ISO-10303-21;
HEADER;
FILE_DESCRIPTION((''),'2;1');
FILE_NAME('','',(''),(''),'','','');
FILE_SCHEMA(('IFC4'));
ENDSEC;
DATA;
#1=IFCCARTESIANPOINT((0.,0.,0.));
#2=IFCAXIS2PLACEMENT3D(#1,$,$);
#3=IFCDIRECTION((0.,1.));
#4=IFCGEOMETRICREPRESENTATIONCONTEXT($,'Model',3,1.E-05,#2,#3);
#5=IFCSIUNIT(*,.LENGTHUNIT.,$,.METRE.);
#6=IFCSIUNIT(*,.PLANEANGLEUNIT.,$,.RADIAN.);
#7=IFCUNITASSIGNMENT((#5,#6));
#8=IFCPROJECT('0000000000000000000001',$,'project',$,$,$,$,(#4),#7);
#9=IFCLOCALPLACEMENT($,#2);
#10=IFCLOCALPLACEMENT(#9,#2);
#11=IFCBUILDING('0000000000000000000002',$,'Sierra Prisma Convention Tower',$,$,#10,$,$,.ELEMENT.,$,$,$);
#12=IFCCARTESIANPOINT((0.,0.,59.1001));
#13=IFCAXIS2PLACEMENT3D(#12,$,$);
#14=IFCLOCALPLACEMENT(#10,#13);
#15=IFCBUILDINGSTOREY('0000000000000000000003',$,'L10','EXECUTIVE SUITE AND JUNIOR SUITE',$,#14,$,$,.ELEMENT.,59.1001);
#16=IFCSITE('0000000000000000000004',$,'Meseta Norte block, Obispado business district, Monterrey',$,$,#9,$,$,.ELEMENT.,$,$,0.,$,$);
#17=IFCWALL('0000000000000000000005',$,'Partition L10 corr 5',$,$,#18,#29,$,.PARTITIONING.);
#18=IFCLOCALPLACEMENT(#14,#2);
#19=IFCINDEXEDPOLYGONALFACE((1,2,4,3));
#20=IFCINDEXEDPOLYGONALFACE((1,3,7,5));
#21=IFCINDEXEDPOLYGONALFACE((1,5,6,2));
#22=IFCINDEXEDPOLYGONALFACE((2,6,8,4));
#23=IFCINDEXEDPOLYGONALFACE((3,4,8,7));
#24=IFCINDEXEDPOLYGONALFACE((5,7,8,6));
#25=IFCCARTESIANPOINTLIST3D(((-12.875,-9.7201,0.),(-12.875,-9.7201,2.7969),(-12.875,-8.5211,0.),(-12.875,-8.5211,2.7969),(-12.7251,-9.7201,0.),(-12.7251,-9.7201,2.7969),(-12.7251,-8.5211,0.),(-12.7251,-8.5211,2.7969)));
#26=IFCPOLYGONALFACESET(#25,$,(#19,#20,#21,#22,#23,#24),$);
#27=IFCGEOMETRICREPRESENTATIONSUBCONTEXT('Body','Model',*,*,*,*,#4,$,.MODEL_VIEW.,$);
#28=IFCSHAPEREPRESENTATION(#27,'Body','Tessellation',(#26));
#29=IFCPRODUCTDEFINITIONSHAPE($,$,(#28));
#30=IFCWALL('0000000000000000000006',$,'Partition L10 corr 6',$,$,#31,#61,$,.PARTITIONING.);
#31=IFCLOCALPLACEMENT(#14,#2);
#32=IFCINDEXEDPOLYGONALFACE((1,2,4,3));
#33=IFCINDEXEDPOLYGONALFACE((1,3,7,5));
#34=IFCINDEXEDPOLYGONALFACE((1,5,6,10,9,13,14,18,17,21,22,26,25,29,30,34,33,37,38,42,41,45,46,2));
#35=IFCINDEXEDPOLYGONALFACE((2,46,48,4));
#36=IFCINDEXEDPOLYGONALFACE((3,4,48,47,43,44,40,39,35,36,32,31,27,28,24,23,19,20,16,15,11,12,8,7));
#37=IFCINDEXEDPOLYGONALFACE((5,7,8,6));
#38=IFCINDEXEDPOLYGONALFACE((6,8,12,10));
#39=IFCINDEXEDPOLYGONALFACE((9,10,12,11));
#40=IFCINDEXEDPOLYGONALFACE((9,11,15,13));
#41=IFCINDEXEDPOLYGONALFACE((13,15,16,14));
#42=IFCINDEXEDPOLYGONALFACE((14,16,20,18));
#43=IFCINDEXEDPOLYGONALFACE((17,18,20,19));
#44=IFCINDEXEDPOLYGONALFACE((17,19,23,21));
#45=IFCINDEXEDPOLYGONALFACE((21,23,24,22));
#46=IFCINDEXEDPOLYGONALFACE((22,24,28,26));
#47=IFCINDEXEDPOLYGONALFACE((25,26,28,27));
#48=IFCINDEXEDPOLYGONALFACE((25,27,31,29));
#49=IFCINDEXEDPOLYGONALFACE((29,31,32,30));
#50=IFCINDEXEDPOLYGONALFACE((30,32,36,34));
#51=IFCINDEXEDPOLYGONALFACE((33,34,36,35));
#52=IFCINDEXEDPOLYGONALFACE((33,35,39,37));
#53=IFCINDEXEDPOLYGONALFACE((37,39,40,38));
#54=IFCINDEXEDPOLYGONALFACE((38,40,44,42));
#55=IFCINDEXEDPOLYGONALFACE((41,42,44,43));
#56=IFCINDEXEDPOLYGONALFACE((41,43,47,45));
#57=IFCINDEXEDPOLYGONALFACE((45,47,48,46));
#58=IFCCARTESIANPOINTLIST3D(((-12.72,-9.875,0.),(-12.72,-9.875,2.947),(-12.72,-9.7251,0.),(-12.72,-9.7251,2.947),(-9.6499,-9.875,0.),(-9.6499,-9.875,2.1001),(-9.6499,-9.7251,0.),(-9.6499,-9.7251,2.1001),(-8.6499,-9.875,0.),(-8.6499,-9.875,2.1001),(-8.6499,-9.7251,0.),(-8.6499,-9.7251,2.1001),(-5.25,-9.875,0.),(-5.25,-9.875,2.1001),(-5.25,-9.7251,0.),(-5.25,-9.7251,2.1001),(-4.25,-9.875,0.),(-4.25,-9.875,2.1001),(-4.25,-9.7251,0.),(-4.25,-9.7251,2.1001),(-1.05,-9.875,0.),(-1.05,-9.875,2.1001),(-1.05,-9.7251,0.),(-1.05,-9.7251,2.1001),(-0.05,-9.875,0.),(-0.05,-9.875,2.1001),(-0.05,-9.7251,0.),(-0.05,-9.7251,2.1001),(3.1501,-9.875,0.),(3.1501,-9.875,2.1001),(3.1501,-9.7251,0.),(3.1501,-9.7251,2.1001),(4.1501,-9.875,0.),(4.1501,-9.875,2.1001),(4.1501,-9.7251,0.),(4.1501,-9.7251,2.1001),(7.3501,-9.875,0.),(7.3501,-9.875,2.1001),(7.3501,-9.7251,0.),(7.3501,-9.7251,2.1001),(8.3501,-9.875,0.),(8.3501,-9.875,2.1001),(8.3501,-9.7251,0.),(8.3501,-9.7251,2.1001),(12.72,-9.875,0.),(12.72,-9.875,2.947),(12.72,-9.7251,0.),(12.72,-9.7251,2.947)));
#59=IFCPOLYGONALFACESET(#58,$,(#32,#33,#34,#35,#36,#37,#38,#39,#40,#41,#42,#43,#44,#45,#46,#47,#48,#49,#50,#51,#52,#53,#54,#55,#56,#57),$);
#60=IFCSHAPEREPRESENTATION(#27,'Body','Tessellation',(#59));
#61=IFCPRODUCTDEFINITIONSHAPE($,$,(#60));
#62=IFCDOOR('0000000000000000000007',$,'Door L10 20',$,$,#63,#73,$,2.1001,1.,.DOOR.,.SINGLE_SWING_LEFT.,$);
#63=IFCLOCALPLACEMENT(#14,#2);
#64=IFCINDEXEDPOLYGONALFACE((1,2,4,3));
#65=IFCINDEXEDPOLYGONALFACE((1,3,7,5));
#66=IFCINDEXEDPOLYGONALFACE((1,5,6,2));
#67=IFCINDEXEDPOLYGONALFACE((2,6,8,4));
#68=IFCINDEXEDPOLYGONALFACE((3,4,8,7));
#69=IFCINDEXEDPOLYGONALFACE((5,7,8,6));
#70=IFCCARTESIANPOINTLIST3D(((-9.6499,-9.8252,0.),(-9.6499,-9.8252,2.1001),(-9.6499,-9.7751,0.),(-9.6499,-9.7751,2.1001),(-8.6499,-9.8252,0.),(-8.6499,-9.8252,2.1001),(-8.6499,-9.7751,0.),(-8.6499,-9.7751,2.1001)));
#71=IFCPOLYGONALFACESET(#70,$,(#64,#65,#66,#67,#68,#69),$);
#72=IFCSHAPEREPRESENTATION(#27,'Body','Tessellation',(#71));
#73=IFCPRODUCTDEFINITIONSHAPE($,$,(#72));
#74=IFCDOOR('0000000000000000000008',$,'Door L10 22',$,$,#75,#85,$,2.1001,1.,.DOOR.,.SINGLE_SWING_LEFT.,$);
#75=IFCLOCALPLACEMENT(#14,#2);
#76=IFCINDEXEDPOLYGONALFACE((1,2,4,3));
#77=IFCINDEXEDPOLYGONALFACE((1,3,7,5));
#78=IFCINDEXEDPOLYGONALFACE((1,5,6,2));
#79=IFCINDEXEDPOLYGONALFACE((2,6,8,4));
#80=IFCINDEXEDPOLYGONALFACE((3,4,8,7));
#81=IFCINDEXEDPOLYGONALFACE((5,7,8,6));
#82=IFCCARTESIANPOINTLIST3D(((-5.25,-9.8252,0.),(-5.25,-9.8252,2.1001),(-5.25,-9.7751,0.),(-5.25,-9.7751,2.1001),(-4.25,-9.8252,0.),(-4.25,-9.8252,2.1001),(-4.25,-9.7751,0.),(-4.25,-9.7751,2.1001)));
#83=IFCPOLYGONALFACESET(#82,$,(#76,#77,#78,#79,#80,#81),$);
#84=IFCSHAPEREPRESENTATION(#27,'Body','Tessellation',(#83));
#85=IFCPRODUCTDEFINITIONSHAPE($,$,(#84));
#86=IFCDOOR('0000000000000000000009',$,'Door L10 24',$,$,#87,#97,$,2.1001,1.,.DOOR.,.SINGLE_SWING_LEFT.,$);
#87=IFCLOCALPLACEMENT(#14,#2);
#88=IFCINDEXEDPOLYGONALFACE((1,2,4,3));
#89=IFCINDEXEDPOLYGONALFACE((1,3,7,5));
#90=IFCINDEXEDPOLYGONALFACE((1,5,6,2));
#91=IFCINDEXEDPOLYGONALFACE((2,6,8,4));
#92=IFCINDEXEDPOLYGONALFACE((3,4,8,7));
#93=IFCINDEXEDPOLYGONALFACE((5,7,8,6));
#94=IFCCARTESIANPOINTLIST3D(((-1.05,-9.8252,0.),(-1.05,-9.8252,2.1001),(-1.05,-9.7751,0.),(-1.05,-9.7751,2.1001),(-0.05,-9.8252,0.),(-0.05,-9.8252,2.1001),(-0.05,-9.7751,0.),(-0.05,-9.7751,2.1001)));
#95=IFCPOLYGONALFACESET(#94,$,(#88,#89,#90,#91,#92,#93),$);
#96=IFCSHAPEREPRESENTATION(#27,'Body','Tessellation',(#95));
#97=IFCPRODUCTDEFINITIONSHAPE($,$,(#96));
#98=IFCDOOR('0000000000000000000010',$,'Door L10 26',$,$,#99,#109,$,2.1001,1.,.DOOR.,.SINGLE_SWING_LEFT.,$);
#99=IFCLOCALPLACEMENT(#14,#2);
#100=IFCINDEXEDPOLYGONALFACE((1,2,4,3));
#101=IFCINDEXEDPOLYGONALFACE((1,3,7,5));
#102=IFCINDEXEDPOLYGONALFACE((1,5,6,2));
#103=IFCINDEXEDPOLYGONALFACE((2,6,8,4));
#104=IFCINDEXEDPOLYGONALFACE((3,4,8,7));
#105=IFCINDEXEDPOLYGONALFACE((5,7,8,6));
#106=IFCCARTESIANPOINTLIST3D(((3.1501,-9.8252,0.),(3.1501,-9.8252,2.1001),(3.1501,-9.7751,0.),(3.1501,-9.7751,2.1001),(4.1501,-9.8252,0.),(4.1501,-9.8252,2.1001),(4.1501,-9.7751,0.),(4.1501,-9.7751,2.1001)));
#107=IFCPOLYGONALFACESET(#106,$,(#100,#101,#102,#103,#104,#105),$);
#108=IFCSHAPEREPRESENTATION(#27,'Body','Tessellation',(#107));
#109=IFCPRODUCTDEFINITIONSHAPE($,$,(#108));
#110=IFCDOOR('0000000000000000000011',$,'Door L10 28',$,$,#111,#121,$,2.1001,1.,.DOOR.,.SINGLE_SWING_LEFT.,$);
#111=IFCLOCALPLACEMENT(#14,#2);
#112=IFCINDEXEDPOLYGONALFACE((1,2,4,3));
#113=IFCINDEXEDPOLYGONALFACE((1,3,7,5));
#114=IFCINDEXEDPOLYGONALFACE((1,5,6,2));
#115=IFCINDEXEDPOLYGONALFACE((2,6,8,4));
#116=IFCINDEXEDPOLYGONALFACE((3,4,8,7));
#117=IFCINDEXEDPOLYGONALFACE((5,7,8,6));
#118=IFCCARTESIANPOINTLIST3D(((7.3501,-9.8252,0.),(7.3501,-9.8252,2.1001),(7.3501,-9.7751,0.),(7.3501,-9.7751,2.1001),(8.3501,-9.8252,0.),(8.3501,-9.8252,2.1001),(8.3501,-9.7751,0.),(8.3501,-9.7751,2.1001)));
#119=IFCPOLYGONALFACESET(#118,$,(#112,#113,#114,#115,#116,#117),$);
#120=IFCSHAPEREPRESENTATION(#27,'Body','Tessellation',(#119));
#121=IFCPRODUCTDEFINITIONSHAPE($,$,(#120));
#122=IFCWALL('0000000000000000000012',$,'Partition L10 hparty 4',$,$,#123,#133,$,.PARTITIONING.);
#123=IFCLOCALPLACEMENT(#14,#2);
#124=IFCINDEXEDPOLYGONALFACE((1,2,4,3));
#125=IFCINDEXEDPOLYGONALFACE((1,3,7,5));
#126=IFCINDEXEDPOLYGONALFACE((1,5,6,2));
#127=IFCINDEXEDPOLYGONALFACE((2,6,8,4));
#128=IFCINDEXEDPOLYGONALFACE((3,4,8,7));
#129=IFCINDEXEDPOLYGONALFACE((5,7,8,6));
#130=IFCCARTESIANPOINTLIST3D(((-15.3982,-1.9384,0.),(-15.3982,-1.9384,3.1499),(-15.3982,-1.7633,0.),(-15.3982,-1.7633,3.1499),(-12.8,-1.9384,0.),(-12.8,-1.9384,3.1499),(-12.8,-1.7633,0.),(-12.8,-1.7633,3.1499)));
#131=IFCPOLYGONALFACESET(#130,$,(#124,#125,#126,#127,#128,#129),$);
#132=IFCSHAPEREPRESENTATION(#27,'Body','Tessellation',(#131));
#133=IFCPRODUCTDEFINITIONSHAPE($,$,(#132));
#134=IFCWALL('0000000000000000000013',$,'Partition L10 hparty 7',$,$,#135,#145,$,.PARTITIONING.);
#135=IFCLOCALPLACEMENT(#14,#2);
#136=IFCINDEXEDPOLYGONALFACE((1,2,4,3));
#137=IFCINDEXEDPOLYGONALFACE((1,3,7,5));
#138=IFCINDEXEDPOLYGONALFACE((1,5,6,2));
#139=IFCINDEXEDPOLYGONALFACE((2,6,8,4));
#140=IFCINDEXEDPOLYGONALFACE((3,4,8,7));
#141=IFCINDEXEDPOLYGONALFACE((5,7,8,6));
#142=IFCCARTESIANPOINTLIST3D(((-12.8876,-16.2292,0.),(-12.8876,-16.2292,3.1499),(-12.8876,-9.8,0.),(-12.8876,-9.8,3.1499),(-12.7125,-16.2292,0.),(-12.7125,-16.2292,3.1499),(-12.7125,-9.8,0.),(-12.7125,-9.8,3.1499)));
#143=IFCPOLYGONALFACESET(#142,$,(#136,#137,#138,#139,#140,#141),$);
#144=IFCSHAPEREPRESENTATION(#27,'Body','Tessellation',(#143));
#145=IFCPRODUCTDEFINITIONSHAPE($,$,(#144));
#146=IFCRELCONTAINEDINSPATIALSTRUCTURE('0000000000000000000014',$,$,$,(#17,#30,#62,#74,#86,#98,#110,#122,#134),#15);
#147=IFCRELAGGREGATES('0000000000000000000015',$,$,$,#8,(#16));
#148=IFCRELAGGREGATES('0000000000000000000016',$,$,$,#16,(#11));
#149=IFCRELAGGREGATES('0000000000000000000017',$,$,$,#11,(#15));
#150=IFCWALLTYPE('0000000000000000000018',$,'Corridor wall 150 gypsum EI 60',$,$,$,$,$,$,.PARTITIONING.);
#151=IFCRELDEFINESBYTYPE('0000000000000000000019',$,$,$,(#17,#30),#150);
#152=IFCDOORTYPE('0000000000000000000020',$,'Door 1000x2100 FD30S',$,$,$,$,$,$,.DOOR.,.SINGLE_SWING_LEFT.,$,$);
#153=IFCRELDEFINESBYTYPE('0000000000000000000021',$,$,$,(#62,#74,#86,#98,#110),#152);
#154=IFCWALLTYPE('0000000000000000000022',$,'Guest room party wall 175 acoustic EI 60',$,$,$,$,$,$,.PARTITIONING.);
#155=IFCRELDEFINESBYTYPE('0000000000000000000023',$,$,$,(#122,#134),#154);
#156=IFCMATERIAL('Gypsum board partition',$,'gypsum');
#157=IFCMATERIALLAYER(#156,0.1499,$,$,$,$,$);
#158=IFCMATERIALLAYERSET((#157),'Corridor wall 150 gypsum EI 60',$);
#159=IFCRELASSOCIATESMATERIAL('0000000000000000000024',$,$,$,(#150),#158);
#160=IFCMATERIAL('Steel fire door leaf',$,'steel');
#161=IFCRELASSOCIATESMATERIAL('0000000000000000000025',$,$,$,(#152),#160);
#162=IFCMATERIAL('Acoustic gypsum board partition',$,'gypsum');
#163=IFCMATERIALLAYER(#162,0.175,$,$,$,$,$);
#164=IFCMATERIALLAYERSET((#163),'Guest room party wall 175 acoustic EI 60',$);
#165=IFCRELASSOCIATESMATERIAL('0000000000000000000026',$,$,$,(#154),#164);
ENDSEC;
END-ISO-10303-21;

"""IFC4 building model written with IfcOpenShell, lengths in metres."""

from ifc_helpers import new_model, si_unit, direction, frame, frame_2d, origin, place, context, subcontext, project, spatial, rectangle, extrude, material, layer, layer_set, type_object, element, fill, save


model = new_model("IFC4")

# Units and contexts
model_context = context("Model", 3, precision=1e-05, world=origin(), true_north=direction((0.0, 1.0)))
body_context = subcontext(model_context, "Body", "Model", "MODEL_VIEW")
ifc_project = project(units=[si_unit("LENGTHUNIT", "METRE"), si_unit("PLANEANGLEUNIT", "RADIAN")], contexts=[model_context])

# Site, building, storey
site_placement = place(None, origin())
site = spatial("IfcSite", under=ifc_project, at=site_placement, Name="Meseta Norte block, Obispado business district, Monterrey", CompositionType="ELEMENT", RefElevation=0.0)
building_placement = place(site_placement, origin())
building = spatial("IfcBuilding", under=site, at=building_placement, Name="Sierra Prisma Convention Tower", CompositionType="ELEMENT")
storey_placement = place(building_placement, frame((0.0, 0.0, 59.1001)))
storey = spatial("IfcBuildingStorey", under=building, at=storey_placement, Name="L10", Description="EXECUTIVE SUITE AND JUNIOR SUITE", CompositionType="ELEMENT", Elevation=59.1001)

# Shared definitions
ifc_material_1 = material(Name="Gypsum board partition", Category="gypsum")
ifc_layer_1 = layer(ifc_material_1, 0.1499)
ifc_layer_set_1 = layer_set([ifc_layer_1], Name="Corridor wall 150 gypsum EI 60")
wall_type_1 = type_object("IfcWallType", Name="Corridor wall 150 gypsum EI 60", PredefinedType="PARTITIONING", material=ifc_layer_set_1)
ifc_material_2 = material(Name="Steel fire door leaf", Category="steel")
door_type_1 = type_object("IfcDoorType", Name="Door 1000x2100 FD30S", OperationType="SINGLE_SWING_LEFT", PredefinedType="DOOR", material=ifc_material_2)

# Wall
wall_1_placement = place(storey_placement, frame((-12.8, -8.521, 0.0), z_axis=(0.0, 0.0, 1.0), x_axis=(0.0, -1.0, 0.0)))
element("IfcWall", 1, at=wall_1_placement, inside=storey, type_object=wall_type_1, Name="Partition L10 corr 5", PredefinedType="PARTITIONING", context=body_context, shape_type="SweptSolid", body=[
    extrude(rectangle(XDim=1.199, YDim=0.1499, at=frame_2d((0.5996, 0.0))), origin(), (0.0, 0.0, 1.0), 2.7969),
])

# Wall, openings, doors
wall_2_placement = place(storey_placement, frame((-12.72, -9.8, 0.0), z_axis=(0.0, 0.0, 1.0), x_axis=(1.0, 0.0, 0.0)))
wall_2 = element("IfcWall", 2, at=wall_2_placement, inside=storey, type_object=wall_type_1, Name="Partition L10 corr 6", PredefinedType="PARTITIONING", context=body_context, shape_type="SweptSolid", body=[
    extrude(rectangle(XDim=25.4399, YDim=0.1499, at=frame_2d((12.72, 0.0))), origin(), (0.0, 0.0, 1.0), 2.947),
])
opening_1_placement = place(wall_2_placement, frame((3.0701, 0.0, 0.0)))
opening_1 = element("IfcOpeningElement", 3, at=opening_1_placement, cuts=wall_2, PredefinedType="OPENING", context=body_context, shape_type="SweptSolid", body=[
    extrude(rectangle(XDim=1.0, YDim=2.1001, at=frame_2d((0.5, 1.05))), frame((0.0, 0.075, 0.0), z_axis=(0.0, -1.0, 0.0), x_axis=(1.0, 0.0, 0.0)), (0.0, 0.0, 1.0), 0.1499),
])
opening_2_placement = place(wall_2_placement, frame((7.47, 0.0, 0.0)))
opening_2 = element("IfcOpeningElement", 4, at=opening_2_placement, cuts=wall_2, PredefinedType="OPENING", context=body_context, shape_type="SweptSolid", body=[
    extrude(rectangle(XDim=1.0, YDim=2.1001, at=frame_2d((0.5, 1.05))), frame((0.0, 0.075, 0.0), z_axis=(0.0, -1.0, 0.0), x_axis=(1.0, 0.0, 0.0)), (0.0, 0.0, 1.0), 0.1499),
])
opening_3_placement = place(wall_2_placement, frame((11.6699, 0.0, 0.0)))
opening_3 = element("IfcOpeningElement", 5, at=opening_3_placement, cuts=wall_2, PredefinedType="OPENING", context=body_context, shape_type="SweptSolid", body=[
    extrude(rectangle(XDim=1.0, YDim=2.1001, at=frame_2d((0.5, 1.05))), frame((0.0, 0.075, 0.0), z_axis=(0.0, -1.0, 0.0), x_axis=(1.0, 0.0, 0.0)), (0.0, 0.0, 1.0), 0.1499),
])
opening_4_placement = place(wall_2_placement, frame((15.8701, 0.0, 0.0)))
opening_4 = element("IfcOpeningElement", 6, at=opening_4_placement, cuts=wall_2, PredefinedType="OPENING", context=body_context, shape_type="SweptSolid", body=[
    extrude(rectangle(XDim=1.0, YDim=2.1001, at=frame_2d((0.5, 1.05))), frame((0.0, 0.075, 0.0), z_axis=(0.0, -1.0, 0.0), x_axis=(1.0, 0.0, 0.0)), (0.0, 0.0, 1.0), 0.1499),
])
opening_5_placement = place(wall_2_placement, frame((20.0701, 0.0, 0.0)))
opening_5 = element("IfcOpeningElement", 7, at=opening_5_placement, cuts=wall_2, PredefinedType="OPENING", context=body_context, shape_type="SweptSolid", body=[
    extrude(rectangle(XDim=1.0, YDim=2.1001, at=frame_2d((0.5, 1.05))), frame((0.0, 0.075, 0.0), z_axis=(0.0, -1.0, 0.0), x_axis=(1.0, 0.0, 0.0)), (0.0, 0.0, 1.0), 0.1499),
])
door_1_placement = place(opening_1_placement, origin())
door_1 = element("IfcDoor", 8, at=door_1_placement, inside=storey, type_object=door_type_1, Name="Door L10 20", OperationType="SINGLE_SWING_LEFT", OverallHeight=2.1001, OverallWidth=1.0, PredefinedType="DOOR", context=body_context, shape_type="SweptSolid", body=[
    extrude(rectangle(XDim=1.0, YDim=2.1001, at=frame_2d((0.5, 1.05))), frame((0.0, 0.0249, 0.0), z_axis=(0.0, -1.0, 0.0), x_axis=(1.0, 0.0, 0.0)), (0.0, 0.0, 1.0), 0.05),
])
fill(opening_1, door_1)
door_2_placement = place(opening_2_placement, origin())
door_2 = element("IfcDoor", 9, at=door_2_placement, inside=storey, type_object=door_type_1, Name="Door L10 22", OperationType="SINGLE_SWING_LEFT", OverallHeight=2.1001, OverallWidth=1.0, PredefinedType="DOOR", context=body_context, shape_type="SweptSolid", body=[
    extrude(rectangle(XDim=1.0, YDim=2.1001, at=frame_2d((0.5, 1.05))), frame((0.0, 0.0249, 0.0), z_axis=(0.0, -1.0, 0.0), x_axis=(1.0, 0.0, 0.0)), (0.0, 0.0, 1.0), 0.05),
])
fill(opening_2, door_2)
door_3_placement = place(opening_3_placement, origin())
door_3 = element("IfcDoor", 10, at=door_3_placement, inside=storey, type_object=door_type_1, Name="Door L10 24", OperationType="SINGLE_SWING_LEFT", OverallHeight=2.1001, OverallWidth=1.0, PredefinedType="DOOR", context=body_context, shape_type="SweptSolid", body=[
    extrude(rectangle(XDim=1.0, YDim=2.1001, at=frame_2d((0.5, 1.05))), frame((0.0, 0.0249, 0.0), z_axis=(0.0, -1.0, 0.0), x_axis=(1.0, 0.0, 0.0)), (0.0, 0.0, 1.0), 0.05),
])
fill(opening_3, door_3)
door_4_placement = place(opening_4_placement, origin())
door_4 = element("IfcDoor", 11, at=door_4_placement, inside=storey, type_object=door_type_1, Name="Door L10 26", OperationType="SINGLE_SWING_LEFT", OverallHeight=2.1001, OverallWidth=1.0, PredefinedType="DOOR", context=body_context, shape_type="SweptSolid", body=[
    extrude(rectangle(XDim=1.0, YDim=2.1001, at=frame_2d((0.5, 1.05))), frame((0.0, 0.0249, 0.0), z_axis=(0.0, -1.0, 0.0), x_axis=(1.0, 0.0, 0.0)), (0.0, 0.0, 1.0), 0.05),
])
fill(opening_4, door_4)
door_5_placement = place(opening_5_placement, origin())
door_5 = element("IfcDoor", 12, at=door_5_placement, inside=storey, type_object=door_type_1, Name="Door L10 28", OperationType="SINGLE_SWING_LEFT", OverallHeight=2.1001, OverallWidth=1.0, PredefinedType="DOOR", context=body_context, shape_type="SweptSolid", body=[
    extrude(rectangle(XDim=1.0, YDim=2.1001, at=frame_2d((0.5, 1.05))), frame((0.0, 0.0249, 0.0), z_axis=(0.0, -1.0, 0.0), x_axis=(1.0, 0.0, 0.0)), (0.0, 0.0, 1.0), 0.05),
])
fill(opening_5, door_5)

# Walls
ifc_material_3 = material(Name="Acoustic gypsum board partition", Category="gypsum")
ifc_layer_2 = layer(ifc_material_3, 0.175)
ifc_layer_set_2 = layer_set([ifc_layer_2], Name="Guest room party wall 175 acoustic EI 60")
wall_type_2 = type_object("IfcWallType", Name="Guest room party wall 175 acoustic EI 60", PredefinedType="PARTITIONING", material=ifc_layer_set_2)
wall_3_placement = place(storey_placement, frame((-12.8, -1.8508, 0.0), z_axis=(0.0, 0.0, 1.0), x_axis=(-1.0, 0.0, 0.0)))
element("IfcWall", 13, at=wall_3_placement, inside=storey, type_object=wall_type_2, Name="Partition L10 hparty 4", PredefinedType="PARTITIONING", context=body_context, shape_type="SweptSolid", body=[
    extrude(rectangle(XDim=2.5981, YDim=0.175, at=frame_2d((1.2991, 0.0))), origin(), (0.0, 0.0, 1.0), 3.1499),
])
wall_4_placement = place(storey_placement, frame((-12.8, -9.8, 0.0), z_axis=(0.0, 0.0, 1.0), x_axis=(0.0, -1.0, 0.0)))
element("IfcWall", 14, at=wall_4_placement, inside=storey, type_object=wall_type_2, Name="Partition L10 hparty 7", PredefinedType="PARTITIONING", context=body_context, shape_type="SweptSolid", body=[
    extrude(rectangle(XDim=6.4292, YDim=0.175, at=frame_2d((3.2146, 0.0))), origin(), (0.0, 0.0, 1.0), 3.1499),
])

save(model, "model.ifc")
